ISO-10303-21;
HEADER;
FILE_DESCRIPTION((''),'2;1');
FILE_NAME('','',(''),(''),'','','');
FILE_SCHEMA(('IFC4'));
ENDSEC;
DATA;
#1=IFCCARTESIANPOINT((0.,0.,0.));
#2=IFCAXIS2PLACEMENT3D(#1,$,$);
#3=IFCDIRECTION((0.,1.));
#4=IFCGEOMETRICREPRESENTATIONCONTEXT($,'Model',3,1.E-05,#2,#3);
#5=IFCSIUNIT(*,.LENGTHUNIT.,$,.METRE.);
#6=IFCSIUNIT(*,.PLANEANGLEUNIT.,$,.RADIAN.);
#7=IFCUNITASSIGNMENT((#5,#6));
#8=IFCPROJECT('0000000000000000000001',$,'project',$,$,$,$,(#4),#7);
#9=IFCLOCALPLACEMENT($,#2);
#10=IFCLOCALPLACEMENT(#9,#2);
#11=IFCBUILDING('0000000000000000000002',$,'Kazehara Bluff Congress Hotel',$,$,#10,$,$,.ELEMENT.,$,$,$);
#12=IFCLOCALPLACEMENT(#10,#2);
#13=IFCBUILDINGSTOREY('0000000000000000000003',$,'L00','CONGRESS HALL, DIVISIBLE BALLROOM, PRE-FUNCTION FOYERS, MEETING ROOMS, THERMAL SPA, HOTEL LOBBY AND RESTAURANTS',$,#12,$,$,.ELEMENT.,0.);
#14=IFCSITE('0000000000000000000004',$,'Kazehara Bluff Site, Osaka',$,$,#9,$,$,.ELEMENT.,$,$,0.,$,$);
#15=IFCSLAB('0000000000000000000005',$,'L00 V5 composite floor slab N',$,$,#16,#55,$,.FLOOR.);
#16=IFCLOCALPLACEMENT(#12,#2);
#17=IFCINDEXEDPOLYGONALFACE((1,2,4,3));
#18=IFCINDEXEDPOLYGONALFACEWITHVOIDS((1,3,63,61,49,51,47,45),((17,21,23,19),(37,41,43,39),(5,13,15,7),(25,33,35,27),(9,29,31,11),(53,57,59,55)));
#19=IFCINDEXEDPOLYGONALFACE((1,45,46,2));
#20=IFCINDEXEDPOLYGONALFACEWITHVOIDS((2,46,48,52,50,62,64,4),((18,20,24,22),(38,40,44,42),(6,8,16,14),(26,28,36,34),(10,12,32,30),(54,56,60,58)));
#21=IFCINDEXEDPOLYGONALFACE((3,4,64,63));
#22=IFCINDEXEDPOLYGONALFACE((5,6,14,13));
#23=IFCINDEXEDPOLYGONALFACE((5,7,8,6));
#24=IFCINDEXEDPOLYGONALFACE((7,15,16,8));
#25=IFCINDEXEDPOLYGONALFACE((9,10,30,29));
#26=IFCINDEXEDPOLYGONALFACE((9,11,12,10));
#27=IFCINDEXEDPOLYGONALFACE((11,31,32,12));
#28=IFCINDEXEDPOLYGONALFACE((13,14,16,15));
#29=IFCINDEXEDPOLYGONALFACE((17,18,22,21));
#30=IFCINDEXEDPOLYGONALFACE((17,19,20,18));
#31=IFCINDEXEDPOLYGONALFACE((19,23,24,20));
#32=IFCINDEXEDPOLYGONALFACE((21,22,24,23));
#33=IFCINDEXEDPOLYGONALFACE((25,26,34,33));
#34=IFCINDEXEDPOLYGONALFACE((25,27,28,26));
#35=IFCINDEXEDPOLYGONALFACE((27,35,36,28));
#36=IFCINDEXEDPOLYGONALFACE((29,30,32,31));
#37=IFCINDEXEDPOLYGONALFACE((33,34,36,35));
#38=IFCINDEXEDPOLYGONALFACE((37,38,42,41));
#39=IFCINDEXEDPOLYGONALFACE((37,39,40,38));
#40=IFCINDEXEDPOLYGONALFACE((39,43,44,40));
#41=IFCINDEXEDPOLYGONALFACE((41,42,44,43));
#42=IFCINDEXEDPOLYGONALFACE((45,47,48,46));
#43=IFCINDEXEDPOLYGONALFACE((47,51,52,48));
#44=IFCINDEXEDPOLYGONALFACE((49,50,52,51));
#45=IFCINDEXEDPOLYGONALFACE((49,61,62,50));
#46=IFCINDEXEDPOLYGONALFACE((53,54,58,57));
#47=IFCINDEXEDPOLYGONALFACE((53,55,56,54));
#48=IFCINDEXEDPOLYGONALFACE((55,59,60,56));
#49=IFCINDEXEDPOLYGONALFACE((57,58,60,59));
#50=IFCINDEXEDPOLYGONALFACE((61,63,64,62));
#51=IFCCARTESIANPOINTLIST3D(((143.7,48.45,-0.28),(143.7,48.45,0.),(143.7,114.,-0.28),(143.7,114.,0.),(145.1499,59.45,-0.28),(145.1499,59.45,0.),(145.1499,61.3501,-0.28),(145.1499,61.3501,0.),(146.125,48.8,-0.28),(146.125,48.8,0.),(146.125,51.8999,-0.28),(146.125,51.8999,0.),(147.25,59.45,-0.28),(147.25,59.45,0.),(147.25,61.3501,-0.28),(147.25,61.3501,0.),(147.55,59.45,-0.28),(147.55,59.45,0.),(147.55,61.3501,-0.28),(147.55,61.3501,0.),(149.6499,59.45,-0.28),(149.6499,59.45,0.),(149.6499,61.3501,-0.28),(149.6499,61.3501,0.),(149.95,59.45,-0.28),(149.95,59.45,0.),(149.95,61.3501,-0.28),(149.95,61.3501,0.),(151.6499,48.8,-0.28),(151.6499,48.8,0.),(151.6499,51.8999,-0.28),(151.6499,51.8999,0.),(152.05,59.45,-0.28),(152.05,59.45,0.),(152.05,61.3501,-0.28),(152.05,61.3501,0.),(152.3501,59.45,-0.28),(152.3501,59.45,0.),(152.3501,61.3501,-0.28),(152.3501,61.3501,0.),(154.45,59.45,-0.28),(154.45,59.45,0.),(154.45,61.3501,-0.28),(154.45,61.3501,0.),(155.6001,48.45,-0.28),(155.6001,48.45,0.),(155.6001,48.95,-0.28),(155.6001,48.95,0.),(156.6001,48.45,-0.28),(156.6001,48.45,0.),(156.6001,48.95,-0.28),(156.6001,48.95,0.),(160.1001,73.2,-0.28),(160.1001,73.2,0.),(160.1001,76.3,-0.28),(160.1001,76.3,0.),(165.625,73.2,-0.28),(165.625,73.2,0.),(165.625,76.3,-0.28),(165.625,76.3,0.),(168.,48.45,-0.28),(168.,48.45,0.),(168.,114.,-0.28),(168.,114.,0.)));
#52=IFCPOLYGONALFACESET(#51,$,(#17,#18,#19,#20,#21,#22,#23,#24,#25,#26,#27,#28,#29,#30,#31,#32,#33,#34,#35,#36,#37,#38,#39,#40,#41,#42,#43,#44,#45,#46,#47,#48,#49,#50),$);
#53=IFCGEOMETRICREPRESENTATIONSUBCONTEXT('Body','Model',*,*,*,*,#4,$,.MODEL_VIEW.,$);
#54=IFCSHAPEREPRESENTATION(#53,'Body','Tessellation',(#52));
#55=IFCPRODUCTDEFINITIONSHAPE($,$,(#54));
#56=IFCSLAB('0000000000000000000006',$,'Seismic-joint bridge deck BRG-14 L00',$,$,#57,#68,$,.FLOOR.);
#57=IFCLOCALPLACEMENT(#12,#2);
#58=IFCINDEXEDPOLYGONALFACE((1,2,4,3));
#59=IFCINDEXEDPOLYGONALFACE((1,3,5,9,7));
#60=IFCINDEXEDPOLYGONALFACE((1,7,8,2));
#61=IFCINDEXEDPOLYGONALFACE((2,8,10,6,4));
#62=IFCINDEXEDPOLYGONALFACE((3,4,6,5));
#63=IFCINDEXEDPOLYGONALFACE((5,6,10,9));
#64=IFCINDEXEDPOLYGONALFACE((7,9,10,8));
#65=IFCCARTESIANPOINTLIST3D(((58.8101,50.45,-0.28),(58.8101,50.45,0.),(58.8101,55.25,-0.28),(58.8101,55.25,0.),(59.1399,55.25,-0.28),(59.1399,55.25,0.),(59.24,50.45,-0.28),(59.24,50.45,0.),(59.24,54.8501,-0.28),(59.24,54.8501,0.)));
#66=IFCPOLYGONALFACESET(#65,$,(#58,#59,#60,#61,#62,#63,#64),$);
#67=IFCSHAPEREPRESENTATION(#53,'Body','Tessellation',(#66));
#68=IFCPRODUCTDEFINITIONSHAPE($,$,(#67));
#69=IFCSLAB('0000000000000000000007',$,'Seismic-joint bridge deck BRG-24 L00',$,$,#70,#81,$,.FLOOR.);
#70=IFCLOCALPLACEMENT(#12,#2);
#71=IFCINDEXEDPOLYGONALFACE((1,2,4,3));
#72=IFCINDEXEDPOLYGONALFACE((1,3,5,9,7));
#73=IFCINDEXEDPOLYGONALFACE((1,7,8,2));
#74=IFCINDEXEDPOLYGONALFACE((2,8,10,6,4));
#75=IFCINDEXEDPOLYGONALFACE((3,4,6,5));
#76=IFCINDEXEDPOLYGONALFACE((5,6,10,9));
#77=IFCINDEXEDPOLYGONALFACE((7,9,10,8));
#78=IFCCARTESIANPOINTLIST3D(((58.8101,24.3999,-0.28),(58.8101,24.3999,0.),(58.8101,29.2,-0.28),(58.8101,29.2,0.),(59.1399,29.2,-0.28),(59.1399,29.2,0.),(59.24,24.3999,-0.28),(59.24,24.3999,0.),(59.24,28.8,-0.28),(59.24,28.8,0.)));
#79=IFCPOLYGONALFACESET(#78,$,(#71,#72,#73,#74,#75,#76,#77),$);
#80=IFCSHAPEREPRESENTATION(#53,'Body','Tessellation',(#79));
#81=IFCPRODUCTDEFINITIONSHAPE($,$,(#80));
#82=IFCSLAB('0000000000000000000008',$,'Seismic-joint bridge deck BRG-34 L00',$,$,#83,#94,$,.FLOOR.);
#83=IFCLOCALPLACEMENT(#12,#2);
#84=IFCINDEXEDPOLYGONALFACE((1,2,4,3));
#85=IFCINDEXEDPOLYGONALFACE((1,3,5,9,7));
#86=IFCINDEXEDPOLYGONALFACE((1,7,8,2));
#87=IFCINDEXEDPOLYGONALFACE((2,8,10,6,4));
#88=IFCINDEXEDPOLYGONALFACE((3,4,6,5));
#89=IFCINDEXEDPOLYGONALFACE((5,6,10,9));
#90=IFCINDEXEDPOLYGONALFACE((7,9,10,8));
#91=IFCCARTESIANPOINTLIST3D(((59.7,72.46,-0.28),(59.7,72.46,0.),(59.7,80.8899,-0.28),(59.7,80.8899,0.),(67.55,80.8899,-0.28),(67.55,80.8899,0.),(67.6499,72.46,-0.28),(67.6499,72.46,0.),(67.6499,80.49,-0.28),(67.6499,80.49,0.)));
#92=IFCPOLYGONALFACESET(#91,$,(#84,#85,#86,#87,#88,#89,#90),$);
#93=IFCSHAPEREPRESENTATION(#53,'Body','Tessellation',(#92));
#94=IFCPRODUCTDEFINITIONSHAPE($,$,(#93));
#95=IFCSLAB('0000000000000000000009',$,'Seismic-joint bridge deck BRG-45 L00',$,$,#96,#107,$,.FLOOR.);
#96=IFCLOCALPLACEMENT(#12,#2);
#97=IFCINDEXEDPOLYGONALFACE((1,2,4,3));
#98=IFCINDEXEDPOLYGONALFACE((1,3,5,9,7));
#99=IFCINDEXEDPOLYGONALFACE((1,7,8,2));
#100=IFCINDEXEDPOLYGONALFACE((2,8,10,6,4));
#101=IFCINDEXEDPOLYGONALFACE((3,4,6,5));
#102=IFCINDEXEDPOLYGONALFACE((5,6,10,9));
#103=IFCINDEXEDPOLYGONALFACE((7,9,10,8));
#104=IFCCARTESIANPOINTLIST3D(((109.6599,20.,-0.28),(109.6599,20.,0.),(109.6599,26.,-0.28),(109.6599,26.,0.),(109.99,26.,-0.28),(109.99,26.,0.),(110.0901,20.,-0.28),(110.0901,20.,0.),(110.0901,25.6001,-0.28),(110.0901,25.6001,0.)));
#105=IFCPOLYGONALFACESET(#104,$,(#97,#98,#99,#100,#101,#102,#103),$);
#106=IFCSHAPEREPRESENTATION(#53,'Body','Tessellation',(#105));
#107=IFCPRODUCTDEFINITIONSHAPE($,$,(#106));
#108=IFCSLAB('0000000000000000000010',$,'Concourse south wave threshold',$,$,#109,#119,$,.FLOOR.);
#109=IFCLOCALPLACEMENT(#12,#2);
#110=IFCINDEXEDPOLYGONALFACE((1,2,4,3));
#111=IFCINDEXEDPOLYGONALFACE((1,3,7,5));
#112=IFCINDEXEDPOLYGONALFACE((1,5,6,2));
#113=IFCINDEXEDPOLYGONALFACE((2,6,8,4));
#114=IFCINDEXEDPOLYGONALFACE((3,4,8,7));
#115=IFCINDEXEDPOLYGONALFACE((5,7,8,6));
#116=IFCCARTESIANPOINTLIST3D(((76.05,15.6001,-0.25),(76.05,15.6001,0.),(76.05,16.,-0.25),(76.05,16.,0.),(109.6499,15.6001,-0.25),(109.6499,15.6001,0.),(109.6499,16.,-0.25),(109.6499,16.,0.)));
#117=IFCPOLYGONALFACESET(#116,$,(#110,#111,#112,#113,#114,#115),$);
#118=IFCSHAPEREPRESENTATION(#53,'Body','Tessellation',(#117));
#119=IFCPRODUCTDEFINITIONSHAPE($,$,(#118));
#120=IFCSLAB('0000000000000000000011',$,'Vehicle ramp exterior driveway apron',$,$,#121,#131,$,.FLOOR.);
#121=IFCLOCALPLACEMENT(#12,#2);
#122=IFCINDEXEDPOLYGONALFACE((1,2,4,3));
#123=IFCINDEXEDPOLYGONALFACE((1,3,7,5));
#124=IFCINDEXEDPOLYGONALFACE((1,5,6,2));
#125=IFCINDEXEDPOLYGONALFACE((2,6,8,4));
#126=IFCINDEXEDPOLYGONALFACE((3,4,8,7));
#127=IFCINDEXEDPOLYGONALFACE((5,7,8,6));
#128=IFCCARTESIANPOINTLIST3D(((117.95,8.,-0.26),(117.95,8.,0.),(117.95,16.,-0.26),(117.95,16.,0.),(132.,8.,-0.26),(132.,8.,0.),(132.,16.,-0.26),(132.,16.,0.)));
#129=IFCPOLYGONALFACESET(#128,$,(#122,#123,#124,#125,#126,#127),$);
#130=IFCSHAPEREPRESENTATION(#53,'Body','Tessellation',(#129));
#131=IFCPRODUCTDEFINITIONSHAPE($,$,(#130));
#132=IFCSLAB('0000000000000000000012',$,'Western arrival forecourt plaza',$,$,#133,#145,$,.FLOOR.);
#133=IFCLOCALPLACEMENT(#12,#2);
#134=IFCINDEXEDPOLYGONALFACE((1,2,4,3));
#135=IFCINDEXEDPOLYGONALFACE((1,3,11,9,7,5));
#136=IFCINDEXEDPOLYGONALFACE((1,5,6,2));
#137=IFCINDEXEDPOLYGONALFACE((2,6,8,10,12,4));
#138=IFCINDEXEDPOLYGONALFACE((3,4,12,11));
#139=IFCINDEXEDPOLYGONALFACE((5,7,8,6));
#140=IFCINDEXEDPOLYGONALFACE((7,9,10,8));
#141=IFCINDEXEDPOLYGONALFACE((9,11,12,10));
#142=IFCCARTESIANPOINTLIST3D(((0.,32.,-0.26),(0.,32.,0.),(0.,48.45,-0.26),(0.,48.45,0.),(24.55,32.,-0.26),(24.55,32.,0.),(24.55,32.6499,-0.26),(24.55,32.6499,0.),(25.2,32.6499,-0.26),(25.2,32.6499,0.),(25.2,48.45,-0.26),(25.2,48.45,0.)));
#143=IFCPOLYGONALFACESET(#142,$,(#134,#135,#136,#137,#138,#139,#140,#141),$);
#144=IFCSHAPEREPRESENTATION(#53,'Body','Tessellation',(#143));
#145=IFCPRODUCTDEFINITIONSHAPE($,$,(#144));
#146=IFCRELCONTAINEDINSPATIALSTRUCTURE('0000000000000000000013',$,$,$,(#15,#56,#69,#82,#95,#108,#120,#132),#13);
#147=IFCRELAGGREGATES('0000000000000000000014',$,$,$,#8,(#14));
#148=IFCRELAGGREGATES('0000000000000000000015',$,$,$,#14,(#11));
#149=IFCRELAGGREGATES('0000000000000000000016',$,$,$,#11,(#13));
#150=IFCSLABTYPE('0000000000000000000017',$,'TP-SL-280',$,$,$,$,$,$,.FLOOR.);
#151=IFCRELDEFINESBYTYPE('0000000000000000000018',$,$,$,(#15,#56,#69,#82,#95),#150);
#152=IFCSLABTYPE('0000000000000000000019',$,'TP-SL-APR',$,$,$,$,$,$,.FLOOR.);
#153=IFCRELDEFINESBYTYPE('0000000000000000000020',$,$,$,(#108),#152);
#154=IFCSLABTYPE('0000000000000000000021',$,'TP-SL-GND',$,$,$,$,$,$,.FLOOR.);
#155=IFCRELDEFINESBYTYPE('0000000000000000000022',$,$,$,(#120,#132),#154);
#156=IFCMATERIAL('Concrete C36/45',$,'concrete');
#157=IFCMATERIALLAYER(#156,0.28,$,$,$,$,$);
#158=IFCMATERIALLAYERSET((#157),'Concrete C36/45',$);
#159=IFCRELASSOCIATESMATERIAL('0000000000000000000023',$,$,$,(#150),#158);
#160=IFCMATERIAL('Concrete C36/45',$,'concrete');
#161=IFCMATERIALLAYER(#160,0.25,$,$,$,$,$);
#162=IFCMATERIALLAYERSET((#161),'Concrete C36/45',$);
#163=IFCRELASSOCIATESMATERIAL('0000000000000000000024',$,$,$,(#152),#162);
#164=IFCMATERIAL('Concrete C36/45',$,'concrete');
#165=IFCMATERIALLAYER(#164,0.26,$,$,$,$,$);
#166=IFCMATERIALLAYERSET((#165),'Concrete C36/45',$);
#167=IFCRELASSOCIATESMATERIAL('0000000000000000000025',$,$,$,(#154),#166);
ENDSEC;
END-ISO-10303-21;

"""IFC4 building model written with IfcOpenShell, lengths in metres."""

from ifc_helpers import new_model, si_unit, direction, frame, origin, place, context, subcontext, project, spatial, polyline, outline, extrude, material, layer, layer_set, type_object, element, save


model = new_model("IFC4")

# Units and contexts
model_context = context("Model", 3, precision=1e-05, world=origin(), true_north=direction((0.0, 1.0)))
body_context = subcontext(model_context, "Body", "Model", "MODEL_VIEW")
ifc_project = project(units=[si_unit("LENGTHUNIT", "METRE"), si_unit("PLANEANGLEUNIT", "RADIAN")], contexts=[model_context])

# Site, building, storey
site_placement = place(None, origin())
site = spatial("IfcSite", under=ifc_project, at=site_placement, Name="Kazehara Bluff Site, Osaka", CompositionType="ELEMENT", RefElevation=0.0)
building_placement = place(site_placement, origin())
building = spatial("IfcBuilding", under=site, at=building_placement, Name="Kazehara Bluff Congress Hotel", CompositionType="ELEMENT")
storey_placement = place(building_placement, origin())
storey = spatial("IfcBuildingStorey", under=building, at=storey_placement, Name="L00", Description="CONGRESS HALL, DIVISIBLE BALLROOM, PRE-FUNCTION FOYERS, MEETING ROOMS, THERMAL SPA, HOTEL LOBBY AND RESTAURANTS", CompositionType="ELEMENT", Elevation=0.0)

# Slabs
ifc_material_1 = material(Name="Concrete C36/45", Category="concrete")
ifc_layer_1 = layer(ifc_material_1, 0.28)
ifc_layer_set_1 = layer_set([ifc_layer_1], Name="Concrete C36/45")
slab_type_1 = type_object("IfcSlabType", Name="TP-SL-280", PredefinedType="FLOOR", material=ifc_layer_set_1)
slab_1_placement = place(storey_placement, frame((0.0, 0.0, -0.28)))
element("IfcSlab", 1, at=slab_1_placement, inside=storey, type_object=slab_type_1, Name="L00 V5 composite floor slab N", PredefinedType="FLOOR", context=body_context, shape_type="SweptSolid", body=[
    extrude(outline(polyline([(168.0, 114.0), (168.0, 48.45), (156.6001, 48.45), (156.6001, 48.95), (155.6001, 48.95), (155.6001, 48.45), (143.7, 48.45), (143.7, 114.0), (168.0, 114.0)]), holes=[polyline([(146.125, 48.8), (151.6499, 48.8), (151.6499, 51.8999), (146.125, 51.8999), (146.125, 48.8)]), polyline([(165.625, 76.3), (160.1001, 76.3), (160.1001, 73.2), (165.625, 73.2), (165.625, 76.3)]), polyline([(145.1499, 59.45), (147.25, 59.45), (147.25, 61.3501), (145.1499, 61.3501), (145.1499, 59.45)]), polyline([(147.55, 59.45), (149.6499, 59.45), (149.6499, 61.3501), (147.55, 61.3501), (147.55, 59.45)]), polyline([(149.95, 59.45), (152.05, 59.45), (152.05, 61.3501), (149.95, 61.3501), (149.95, 59.45)]), polyline([(152.3501, 59.45), (154.45, 59.45), (154.45, 61.3501), (152.3501, 61.3501), (152.3501, 59.45)])]), origin(), (0.0, 0.0, 1.0), 0.28),
])
slab_2_placement = place(storey_placement, frame((0.0, 0.0, -0.28)))
element("IfcSlab", 2, at=slab_2_placement, inside=storey, type_object=slab_type_1, Name="Seismic-joint bridge deck BRG-14 L00", PredefinedType="FLOOR", context=body_context, shape_type="SweptSolid", body=[
    extrude(outline(polyline([(58.8101, 50.45), (59.24, 50.45), (59.24, 54.8501), (59.1399, 55.25), (58.8101, 55.25), (58.8101, 50.45)])), origin(), (0.0, 0.0, 1.0), 0.28),
])
slab_3_placement = place(storey_placement, frame((0.0, 0.0, -0.28)))
element("IfcSlab", 3, at=slab_3_placement, inside=storey, type_object=slab_type_1, Name="Seismic-joint bridge deck BRG-24 L00", PredefinedType="FLOOR", context=body_context, shape_type="SweptSolid", body=[
    extrude(outline(polyline([(58.8101, 24.3999), (59.24, 24.3999), (59.24, 28.8), (59.1399, 29.2), (58.8101, 29.2), (58.8101, 24.3999)])), origin(), (0.0, 0.0, 1.0), 0.28),
])
slab_4_placement = place(storey_placement, frame((0.0, 0.0, -0.28)))
element("IfcSlab", 4, at=slab_4_placement, inside=storey, type_object=slab_type_1, Name="Seismic-joint bridge deck BRG-34 L00", PredefinedType="FLOOR", context=body_context, shape_type="SweptSolid", body=[
    extrude(outline(polyline([(59.7, 72.46), (67.6499, 72.46), (67.6499, 80.49), (67.55, 80.8899), (59.7, 80.8899), (59.7, 72.46)])), origin(), (0.0, 0.0, 1.0), 0.28),
])
slab_5_placement = place(storey_placement, frame((0.0, 0.0, -0.28)))
element("IfcSlab", 5, at=slab_5_placement, inside=storey, type_object=slab_type_1, Name="Seismic-joint bridge deck BRG-45 L00", PredefinedType="FLOOR", context=body_context, shape_type="SweptSolid", body=[
    extrude(outline(polyline([(109.6599, 20.0), (110.0901, 20.0), (110.0901, 25.6001), (109.99, 26.0), (109.6599, 26.0), (109.6599, 20.0)])), origin(), (0.0, 0.0, 1.0), 0.28),
])
ifc_material_2 = material(Name="Concrete C36/45", Category="concrete")
ifc_layer_2 = layer(ifc_material_2, 0.25)
ifc_layer_set_2 = layer_set([ifc_layer_2], Name="Concrete C36/45")
slab_type_2 = type_object("IfcSlabType", Name="TP-SL-APR", PredefinedType="FLOOR", material=ifc_layer_set_2)
slab_6_placement = place(storey_placement, frame((0.0, 0.0, -0.25)))
element("IfcSlab", 6, at=slab_6_placement, inside=storey, type_object=slab_type_2, Name="Concourse south wave threshold", PredefinedType="FLOOR", context=body_context, shape_type="SweptSolid", body=[
    extrude(outline(polyline([(76.05, 15.6001), (109.6499, 15.6001), (109.6499, 16.0), (76.05, 16.0), (76.05, 15.6001)])), origin(), (0.0, 0.0, 1.0), 0.25),
])
ifc_material_3 = material(Name="Concrete C36/45", Category="concrete")
ifc_layer_3 = layer(ifc_material_3, 0.26)
ifc_layer_set_3 = layer_set([ifc_layer_3], Name="Concrete C36/45")
slab_type_3 = type_object("IfcSlabType", Name="TP-SL-GND", PredefinedType="FLOOR", material=ifc_layer_set_3)
slab_7_placement = place(storey_placement, frame((0.0, 0.0, -0.26)))
element("IfcSlab", 7, at=slab_7_placement, inside=storey, type_object=slab_type_3, Name="Vehicle ramp exterior driveway apron", PredefinedType="FLOOR", context=body_context, shape_type="SweptSolid", body=[
    extrude(outline(polyline([(117.95, 8.0), (132.0, 8.0), (132.0, 16.0), (117.95, 16.0), (117.95, 8.0)])), origin(), (0.0, 0.0, 1.0), 0.26),
])
slab_8_placement = place(storey_placement, frame((0.0, 0.0, -0.26)))
element("IfcSlab", 8, at=slab_8_placement, inside=storey, type_object=slab_type_3, Name="Western arrival forecourt plaza", PredefinedType="FLOOR", context=body_context, shape_type="SweptSolid", body=[
    extrude(outline(polyline([(0.0, 32.0), (24.55, 32.0), (24.55, 32.6499), (25.2, 32.6499), (25.2, 48.45), (0.0, 48.45), (0.0, 32.0)])), origin(), (0.0, 0.0, 1.0), 0.26),
])

save(model, "model.ifc")
